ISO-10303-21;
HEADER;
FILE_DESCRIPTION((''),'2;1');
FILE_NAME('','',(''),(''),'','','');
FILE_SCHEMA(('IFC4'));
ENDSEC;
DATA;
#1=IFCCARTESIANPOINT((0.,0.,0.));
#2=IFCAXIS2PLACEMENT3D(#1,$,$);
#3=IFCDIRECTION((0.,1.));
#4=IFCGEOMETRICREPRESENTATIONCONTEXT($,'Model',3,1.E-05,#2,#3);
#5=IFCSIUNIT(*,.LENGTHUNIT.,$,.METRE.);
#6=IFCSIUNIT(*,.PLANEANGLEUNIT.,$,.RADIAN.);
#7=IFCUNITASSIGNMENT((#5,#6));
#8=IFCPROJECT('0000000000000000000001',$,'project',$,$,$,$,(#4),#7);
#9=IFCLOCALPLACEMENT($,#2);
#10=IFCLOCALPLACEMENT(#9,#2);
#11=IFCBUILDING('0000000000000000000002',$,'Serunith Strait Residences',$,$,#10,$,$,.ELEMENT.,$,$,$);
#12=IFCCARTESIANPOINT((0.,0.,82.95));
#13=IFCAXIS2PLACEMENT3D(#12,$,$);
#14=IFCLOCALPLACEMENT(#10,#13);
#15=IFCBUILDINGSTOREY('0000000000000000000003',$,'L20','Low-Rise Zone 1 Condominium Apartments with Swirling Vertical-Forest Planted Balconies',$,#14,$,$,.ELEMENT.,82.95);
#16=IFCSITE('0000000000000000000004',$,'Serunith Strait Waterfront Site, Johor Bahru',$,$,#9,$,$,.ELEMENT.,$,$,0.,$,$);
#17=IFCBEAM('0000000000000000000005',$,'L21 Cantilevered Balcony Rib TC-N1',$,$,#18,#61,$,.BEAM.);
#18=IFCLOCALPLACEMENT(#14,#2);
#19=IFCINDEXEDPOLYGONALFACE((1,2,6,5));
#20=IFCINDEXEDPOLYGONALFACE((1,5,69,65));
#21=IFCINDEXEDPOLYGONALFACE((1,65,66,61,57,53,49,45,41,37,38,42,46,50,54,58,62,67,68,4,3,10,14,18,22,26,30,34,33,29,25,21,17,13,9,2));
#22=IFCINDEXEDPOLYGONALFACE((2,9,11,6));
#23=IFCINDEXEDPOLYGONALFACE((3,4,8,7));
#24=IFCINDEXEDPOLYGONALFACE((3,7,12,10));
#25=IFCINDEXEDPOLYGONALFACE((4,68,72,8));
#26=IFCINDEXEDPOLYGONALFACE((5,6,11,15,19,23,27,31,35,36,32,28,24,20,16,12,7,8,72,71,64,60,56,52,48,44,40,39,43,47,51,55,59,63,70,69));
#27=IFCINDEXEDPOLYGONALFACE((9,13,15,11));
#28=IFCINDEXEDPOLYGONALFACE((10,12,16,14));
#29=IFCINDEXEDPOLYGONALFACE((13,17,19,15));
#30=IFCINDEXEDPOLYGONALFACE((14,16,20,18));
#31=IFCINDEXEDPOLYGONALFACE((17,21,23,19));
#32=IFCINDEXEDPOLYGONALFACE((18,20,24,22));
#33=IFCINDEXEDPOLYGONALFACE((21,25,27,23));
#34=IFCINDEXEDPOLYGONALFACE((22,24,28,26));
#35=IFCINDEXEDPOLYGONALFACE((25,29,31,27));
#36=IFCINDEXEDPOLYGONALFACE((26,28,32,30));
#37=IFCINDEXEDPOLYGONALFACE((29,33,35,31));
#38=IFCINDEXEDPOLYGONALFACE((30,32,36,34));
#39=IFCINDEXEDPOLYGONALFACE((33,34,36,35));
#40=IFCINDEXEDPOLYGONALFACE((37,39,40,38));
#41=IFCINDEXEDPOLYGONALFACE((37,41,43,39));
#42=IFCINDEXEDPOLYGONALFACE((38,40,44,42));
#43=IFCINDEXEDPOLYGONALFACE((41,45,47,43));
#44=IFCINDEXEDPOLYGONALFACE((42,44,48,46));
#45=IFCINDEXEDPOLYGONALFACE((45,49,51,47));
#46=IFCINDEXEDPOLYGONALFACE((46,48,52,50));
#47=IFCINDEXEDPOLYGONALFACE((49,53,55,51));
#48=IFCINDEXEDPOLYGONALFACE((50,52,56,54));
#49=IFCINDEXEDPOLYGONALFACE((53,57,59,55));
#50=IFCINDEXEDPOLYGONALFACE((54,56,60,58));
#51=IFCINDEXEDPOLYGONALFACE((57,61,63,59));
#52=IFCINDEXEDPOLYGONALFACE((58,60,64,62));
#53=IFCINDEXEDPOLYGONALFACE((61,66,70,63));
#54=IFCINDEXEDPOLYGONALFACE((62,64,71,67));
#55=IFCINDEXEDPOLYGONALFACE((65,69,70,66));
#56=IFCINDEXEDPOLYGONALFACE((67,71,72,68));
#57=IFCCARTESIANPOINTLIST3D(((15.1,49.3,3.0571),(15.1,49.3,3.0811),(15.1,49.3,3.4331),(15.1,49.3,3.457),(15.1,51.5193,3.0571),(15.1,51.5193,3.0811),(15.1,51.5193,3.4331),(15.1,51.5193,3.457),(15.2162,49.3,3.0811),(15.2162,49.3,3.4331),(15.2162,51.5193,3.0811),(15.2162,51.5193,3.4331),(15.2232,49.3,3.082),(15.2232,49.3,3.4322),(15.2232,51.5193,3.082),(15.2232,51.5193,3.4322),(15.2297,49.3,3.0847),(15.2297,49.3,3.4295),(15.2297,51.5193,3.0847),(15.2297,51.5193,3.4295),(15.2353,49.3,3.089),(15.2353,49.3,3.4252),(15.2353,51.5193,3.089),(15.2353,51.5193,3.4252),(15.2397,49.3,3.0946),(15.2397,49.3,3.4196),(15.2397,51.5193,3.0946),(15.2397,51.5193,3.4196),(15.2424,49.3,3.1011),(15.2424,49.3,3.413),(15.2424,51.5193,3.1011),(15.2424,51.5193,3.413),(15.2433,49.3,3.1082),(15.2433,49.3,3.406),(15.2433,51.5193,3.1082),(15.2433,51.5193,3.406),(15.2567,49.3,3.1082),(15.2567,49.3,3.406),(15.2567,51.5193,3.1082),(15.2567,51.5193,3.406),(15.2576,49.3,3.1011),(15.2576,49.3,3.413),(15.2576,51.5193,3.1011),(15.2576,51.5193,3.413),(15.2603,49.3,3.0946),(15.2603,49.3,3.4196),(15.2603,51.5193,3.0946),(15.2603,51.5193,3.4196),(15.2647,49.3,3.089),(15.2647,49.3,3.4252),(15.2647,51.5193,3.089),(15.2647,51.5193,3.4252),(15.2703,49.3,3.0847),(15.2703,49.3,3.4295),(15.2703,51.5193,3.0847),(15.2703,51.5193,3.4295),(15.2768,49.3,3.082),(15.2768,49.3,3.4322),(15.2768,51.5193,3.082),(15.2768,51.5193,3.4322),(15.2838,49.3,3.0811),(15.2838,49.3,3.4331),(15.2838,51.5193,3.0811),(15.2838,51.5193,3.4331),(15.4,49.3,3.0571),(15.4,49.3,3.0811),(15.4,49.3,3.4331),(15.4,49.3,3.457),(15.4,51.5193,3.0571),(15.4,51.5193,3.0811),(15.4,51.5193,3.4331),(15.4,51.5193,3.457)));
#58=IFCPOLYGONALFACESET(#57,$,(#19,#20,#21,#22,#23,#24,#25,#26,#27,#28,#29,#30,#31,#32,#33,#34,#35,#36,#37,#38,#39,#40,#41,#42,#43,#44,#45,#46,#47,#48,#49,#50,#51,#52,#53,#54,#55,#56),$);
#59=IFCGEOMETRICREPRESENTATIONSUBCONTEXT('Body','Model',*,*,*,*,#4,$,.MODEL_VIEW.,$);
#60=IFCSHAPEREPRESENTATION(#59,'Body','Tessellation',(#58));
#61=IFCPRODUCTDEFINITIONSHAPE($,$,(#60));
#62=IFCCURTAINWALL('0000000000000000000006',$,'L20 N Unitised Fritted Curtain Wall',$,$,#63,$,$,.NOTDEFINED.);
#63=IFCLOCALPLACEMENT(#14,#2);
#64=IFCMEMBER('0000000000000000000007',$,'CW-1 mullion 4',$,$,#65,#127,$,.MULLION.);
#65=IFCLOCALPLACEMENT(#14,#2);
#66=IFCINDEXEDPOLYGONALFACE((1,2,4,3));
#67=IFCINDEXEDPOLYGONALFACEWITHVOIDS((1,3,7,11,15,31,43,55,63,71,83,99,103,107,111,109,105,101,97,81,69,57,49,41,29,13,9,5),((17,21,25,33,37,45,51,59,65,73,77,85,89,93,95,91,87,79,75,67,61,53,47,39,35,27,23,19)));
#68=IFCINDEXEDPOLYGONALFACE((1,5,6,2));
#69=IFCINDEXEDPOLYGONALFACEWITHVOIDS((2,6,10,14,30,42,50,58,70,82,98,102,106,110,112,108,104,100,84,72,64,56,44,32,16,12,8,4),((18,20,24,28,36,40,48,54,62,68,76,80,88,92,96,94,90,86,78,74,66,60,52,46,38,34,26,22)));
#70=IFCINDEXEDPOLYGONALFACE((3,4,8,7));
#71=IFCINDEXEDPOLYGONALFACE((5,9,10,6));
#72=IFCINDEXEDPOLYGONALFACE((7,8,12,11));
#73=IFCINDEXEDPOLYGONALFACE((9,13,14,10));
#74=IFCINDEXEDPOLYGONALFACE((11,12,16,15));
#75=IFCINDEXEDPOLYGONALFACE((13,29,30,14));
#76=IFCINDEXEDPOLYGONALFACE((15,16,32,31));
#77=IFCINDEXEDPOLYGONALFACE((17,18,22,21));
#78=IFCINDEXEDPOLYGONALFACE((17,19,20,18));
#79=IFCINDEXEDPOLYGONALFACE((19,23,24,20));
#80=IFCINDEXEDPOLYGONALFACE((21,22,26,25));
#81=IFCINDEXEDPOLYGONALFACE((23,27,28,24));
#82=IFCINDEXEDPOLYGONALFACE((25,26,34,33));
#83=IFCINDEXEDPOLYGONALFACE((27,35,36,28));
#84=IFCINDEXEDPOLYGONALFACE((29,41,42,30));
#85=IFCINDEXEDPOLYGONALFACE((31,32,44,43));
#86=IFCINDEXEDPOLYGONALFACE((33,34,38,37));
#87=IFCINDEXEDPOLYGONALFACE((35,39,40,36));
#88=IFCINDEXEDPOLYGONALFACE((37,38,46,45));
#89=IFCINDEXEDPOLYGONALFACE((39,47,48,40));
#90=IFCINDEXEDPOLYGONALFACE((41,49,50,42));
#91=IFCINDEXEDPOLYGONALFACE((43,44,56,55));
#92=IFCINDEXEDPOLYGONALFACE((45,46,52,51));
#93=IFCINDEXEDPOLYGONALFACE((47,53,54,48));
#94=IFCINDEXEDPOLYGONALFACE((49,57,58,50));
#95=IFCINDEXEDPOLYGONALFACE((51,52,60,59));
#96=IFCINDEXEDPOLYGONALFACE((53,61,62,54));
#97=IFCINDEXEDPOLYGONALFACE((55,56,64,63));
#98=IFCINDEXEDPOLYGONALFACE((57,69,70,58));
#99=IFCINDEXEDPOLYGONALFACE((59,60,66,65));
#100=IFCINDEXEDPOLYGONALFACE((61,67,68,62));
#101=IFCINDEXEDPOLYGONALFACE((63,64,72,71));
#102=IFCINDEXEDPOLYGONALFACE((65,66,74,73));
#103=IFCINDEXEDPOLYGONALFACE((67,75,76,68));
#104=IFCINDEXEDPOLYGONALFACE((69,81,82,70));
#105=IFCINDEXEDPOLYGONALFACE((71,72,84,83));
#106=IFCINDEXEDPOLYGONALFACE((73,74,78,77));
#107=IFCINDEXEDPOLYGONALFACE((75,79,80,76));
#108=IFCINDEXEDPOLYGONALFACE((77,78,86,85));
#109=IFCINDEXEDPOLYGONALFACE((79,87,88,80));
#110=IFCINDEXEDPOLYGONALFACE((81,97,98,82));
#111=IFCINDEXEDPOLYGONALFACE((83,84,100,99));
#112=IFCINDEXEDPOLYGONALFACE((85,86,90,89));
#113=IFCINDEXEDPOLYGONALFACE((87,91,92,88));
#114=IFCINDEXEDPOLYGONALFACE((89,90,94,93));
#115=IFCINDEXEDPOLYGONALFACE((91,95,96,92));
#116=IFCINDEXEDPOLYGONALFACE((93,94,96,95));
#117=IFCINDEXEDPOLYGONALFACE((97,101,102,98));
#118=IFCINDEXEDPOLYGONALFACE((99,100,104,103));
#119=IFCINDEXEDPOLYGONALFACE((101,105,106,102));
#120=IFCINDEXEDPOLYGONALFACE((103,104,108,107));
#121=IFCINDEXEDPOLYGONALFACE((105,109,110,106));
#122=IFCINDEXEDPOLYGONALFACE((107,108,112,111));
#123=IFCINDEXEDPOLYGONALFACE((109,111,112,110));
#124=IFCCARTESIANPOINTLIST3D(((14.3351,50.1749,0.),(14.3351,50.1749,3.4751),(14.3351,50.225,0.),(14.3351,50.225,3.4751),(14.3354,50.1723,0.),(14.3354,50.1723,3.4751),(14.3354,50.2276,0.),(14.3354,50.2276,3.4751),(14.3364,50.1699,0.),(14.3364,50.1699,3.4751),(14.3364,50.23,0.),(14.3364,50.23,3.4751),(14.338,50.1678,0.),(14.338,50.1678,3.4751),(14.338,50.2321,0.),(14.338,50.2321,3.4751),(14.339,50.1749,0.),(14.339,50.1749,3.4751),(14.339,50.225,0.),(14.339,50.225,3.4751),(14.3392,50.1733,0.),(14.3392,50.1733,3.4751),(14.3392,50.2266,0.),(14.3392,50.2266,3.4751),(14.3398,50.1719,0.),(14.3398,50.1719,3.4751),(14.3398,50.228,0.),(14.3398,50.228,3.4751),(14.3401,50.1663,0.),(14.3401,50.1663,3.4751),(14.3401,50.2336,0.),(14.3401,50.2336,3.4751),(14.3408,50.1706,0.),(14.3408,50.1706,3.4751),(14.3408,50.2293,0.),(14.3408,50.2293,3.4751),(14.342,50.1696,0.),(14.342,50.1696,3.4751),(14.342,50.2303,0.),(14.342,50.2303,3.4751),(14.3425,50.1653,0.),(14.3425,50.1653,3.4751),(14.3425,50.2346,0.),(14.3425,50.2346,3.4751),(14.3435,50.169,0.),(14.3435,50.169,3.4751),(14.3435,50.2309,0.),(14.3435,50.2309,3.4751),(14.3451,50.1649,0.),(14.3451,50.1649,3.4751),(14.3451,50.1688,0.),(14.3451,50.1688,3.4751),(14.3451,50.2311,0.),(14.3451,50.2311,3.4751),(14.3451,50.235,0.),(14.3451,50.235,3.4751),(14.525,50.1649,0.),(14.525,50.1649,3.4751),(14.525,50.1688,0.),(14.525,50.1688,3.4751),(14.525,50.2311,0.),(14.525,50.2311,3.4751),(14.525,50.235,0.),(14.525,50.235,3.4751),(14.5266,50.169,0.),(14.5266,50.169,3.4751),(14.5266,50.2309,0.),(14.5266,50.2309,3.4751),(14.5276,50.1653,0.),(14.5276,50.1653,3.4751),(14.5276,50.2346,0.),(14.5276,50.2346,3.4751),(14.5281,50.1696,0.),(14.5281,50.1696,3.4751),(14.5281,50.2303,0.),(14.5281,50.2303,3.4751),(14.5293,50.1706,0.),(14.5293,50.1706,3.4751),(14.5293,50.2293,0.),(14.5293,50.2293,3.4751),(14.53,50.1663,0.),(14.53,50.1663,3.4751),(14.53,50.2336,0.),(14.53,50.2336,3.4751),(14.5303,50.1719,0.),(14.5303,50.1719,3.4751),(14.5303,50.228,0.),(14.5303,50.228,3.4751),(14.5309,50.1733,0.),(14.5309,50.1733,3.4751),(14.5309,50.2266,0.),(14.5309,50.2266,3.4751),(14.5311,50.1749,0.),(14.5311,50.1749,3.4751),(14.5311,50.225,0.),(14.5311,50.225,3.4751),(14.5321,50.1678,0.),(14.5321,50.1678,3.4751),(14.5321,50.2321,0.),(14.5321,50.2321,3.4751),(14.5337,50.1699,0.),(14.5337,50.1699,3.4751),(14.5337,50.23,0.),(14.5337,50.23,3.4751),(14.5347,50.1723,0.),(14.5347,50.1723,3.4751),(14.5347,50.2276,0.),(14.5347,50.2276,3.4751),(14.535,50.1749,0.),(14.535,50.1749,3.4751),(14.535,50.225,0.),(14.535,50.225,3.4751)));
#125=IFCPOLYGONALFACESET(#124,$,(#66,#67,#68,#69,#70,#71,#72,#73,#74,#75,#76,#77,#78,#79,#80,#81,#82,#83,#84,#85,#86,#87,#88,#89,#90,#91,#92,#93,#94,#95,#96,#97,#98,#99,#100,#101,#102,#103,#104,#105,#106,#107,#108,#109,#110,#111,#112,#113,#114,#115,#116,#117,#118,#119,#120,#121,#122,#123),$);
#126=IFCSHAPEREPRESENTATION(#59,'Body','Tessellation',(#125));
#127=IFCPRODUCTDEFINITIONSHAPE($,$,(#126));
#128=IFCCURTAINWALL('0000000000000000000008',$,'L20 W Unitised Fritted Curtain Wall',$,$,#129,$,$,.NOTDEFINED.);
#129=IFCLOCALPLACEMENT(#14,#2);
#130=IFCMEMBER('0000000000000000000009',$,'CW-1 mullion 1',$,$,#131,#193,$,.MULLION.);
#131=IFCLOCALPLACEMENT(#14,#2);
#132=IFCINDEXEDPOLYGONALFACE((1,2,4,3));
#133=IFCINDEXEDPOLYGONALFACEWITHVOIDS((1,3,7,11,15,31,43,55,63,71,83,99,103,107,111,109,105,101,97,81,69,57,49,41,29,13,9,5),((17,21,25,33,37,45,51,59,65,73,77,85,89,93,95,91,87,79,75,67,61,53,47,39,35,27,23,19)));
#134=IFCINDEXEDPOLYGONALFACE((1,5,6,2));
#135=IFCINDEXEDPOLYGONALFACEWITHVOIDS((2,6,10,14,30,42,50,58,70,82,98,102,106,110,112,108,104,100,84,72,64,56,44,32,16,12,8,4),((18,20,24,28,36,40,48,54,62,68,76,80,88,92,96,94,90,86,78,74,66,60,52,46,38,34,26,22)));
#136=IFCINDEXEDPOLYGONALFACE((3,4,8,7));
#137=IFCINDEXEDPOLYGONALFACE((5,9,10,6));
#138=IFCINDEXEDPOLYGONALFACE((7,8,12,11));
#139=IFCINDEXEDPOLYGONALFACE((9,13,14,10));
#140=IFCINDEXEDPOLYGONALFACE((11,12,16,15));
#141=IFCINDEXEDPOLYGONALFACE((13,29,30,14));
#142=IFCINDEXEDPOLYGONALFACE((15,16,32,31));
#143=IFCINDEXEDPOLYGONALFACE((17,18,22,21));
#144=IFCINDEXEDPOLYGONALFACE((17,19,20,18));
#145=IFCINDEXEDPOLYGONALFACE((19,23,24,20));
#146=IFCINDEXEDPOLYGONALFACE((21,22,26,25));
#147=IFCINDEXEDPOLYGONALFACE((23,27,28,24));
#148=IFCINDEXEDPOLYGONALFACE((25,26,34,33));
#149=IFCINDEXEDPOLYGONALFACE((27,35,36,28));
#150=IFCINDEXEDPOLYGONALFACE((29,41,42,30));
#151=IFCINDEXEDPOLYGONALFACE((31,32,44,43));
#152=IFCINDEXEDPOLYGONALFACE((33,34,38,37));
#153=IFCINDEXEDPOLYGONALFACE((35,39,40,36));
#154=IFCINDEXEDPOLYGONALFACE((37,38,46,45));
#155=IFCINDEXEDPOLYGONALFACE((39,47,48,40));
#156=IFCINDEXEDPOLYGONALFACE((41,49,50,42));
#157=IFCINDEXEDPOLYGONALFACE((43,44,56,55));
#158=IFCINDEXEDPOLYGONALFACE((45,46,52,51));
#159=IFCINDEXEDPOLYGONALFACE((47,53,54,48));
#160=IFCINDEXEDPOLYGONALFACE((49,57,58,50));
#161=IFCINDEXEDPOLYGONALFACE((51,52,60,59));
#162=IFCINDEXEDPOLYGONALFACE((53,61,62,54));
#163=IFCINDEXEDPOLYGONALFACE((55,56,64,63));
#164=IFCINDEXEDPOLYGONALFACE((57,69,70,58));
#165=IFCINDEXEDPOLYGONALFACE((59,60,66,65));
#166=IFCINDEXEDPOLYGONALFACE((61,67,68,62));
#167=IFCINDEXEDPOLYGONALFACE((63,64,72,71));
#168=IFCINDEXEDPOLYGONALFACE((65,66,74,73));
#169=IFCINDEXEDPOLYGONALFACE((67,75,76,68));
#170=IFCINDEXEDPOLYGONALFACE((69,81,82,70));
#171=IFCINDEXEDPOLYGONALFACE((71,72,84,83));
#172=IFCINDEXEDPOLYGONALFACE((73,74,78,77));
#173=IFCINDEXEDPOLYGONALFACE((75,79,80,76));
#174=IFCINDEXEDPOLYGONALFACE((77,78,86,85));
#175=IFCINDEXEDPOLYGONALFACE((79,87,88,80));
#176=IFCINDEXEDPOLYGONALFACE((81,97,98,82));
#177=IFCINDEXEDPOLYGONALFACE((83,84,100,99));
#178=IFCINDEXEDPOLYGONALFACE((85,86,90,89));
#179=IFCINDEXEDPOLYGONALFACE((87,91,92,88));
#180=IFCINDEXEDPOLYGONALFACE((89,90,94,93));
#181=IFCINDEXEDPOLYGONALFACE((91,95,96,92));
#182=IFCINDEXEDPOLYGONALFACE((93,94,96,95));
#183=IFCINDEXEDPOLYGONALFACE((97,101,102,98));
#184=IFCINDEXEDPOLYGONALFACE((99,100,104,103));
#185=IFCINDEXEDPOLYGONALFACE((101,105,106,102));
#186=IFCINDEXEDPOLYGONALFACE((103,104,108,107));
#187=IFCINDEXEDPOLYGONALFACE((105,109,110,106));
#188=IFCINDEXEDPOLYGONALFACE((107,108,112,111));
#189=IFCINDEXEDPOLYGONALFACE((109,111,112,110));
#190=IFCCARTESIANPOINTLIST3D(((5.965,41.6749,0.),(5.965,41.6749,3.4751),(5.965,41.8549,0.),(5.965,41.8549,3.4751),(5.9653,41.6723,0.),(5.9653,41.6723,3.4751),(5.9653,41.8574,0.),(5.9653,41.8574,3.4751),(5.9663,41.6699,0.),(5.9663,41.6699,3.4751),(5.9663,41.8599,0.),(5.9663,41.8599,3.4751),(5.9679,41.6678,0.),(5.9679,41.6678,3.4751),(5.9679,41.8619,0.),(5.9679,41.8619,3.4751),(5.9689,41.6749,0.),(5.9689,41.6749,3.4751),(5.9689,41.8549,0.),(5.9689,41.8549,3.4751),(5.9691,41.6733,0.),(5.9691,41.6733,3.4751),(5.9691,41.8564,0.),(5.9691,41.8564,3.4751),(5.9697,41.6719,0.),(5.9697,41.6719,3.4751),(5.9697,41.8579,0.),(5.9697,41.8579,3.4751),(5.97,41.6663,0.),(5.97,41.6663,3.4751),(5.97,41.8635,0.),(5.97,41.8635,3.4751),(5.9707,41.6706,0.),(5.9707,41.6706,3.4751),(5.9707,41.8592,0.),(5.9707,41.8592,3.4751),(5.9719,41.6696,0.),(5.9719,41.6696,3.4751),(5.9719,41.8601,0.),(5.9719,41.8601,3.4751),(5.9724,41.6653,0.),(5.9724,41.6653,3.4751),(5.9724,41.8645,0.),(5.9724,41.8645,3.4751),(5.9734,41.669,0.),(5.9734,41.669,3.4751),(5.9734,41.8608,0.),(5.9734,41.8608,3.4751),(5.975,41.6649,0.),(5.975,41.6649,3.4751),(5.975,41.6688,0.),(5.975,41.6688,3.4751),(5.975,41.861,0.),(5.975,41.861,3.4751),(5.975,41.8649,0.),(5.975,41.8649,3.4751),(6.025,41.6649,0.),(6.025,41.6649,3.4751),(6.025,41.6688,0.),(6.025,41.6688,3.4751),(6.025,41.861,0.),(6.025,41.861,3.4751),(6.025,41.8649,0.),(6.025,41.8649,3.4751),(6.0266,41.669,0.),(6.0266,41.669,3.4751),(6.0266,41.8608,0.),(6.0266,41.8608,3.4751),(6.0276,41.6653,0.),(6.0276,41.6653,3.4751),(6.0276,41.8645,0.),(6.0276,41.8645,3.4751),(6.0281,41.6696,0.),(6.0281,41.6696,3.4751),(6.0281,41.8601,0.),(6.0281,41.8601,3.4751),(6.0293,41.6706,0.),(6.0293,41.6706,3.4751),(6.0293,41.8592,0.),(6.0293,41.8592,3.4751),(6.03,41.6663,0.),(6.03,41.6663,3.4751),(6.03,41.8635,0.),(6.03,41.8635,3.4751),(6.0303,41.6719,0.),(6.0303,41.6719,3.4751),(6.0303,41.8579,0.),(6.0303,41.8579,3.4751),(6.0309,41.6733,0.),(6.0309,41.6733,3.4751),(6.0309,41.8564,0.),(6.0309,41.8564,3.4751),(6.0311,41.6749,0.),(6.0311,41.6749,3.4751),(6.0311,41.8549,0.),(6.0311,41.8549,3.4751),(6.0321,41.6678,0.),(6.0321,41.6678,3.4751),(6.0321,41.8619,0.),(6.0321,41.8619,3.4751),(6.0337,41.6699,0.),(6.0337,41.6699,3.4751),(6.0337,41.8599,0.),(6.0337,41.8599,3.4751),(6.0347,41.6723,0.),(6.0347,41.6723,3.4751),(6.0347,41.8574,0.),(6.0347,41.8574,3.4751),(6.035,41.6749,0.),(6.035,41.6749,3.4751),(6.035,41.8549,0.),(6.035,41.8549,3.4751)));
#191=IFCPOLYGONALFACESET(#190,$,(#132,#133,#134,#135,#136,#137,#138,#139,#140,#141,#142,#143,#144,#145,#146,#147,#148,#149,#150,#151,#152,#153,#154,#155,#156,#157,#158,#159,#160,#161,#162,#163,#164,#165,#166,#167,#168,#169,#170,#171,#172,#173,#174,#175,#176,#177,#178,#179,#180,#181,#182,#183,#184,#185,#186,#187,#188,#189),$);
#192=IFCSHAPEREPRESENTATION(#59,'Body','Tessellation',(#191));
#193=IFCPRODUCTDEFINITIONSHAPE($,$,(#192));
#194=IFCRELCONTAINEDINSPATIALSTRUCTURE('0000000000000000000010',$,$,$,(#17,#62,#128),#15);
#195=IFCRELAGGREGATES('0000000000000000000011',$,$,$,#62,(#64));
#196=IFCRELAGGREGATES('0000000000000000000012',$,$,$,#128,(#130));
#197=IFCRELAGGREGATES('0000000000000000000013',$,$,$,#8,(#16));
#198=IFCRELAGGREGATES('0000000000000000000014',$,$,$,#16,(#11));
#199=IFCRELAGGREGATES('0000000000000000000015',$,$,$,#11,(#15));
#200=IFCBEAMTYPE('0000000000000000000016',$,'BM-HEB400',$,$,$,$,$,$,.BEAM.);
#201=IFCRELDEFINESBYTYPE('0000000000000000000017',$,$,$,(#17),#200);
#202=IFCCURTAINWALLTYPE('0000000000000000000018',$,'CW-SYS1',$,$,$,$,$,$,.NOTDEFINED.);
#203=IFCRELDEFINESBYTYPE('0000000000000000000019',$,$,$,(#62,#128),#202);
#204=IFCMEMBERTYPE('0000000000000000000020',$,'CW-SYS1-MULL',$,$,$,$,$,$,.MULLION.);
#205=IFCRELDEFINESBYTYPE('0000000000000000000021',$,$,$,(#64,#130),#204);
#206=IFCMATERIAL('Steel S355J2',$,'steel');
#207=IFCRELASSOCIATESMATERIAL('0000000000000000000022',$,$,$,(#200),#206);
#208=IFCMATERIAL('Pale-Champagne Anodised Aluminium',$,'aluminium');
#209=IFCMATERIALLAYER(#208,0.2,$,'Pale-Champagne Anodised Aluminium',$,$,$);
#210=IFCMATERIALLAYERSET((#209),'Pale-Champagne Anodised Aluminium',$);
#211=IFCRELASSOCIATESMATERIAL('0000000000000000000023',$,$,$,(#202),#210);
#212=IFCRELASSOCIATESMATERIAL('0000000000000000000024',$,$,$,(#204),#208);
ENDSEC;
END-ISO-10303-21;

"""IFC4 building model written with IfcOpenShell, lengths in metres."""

from ifc_helpers import new_model, si_unit, direction, frame, origin, origin_2d, place, context, subcontext, project, spatial, hollow_rectangle, i_section, extrude, source, transform, mapped, material, layer, layer_set, material_profile, profile_set, type_object, element, aggregate, save


model = new_model("IFC4")

# Units and contexts
model_context = context("Model", 3, precision=1e-05, world=origin(), true_north=direction((0.0, 1.0)))
body_context = subcontext(model_context, "Body", "Model", "MODEL_VIEW")
ifc_project = project(units=[si_unit("LENGTHUNIT", "METRE"), si_unit("PLANEANGLEUNIT", "RADIAN")], contexts=[model_context])

# Site, building, storey
site_placement = place(None, origin())
site = spatial("IfcSite", under=ifc_project, at=site_placement, Name="Serunith Strait Waterfront Site, Johor Bahru", CompositionType="ELEMENT", RefElevation=0.0)
building_placement = place(site_placement, origin())
building = spatial("IfcBuilding", under=site, at=building_placement, Name="Serunith Strait Residences", CompositionType="ELEMENT")
storey_placement = place(building_placement, frame((0.0, 0.0, 82.95)))
storey = spatial("IfcBuildingStorey", under=building, at=storey_placement, Name="L20", Description="Low-Rise Zone 1 Condominium Apartments with Swirling Vertical-Forest Planted Balconies", CompositionType="ELEMENT", Elevation=82.95)

# Beam
ifc_material_1 = material(Name="Steel S355J2", Category="steel")
ifc_material_profile_1 = material_profile(ifc_material_1, i_section(OverallWidth=0.3, OverallDepth=0.3999, WebThickness=0.0134, FlangeThickness=0.0239, FilletRadius=0.0271, at=origin_2d()), Name="HEB 400")
ifc_profile_set_1 = profile_set([ifc_material_profile_1], Name="Steel S355J2")
beam_type_1 = type_object("IfcBeamType", Name="BM-HEB400", PredefinedType="BEAM", material=ifc_profile_set_1)
shared_shape_1 = source(origin(), body_context, "Body", "SweptSolid", [
    extrude(i_section(OverallWidth=0.3, OverallDepth=0.3999, WebThickness=0.0134, FlangeThickness=0.0239, FilletRadius=0.0271, at=origin_2d()), origin(), (0.0, 0.0, 1.0), 2.2192),
])
beam_1_placement = place(storey_placement, frame((15.25, 49.3, 3.2571), z_axis=(0.0, 1.0, 0.0), x_axis=(-1.0, 0.0, 0.0)))
element("IfcBeam", 1, at=beam_1_placement, inside=storey, type_object=beam_type_1, Name="L21 Cantilevered Balcony Rib TC-N1", PredefinedType="BEAM", context=body_context, shape_type="MappedRepresentation", body=[
    mapped(shared_shape_1, transform((0.0, 0.0, 0.0), scale=1.0)),
])

# Curtain wall, member
ifc_material_2 = material(Name="Pale-Champagne Anodised Aluminium", Category="aluminium")
ifc_layer_1 = layer(ifc_material_2, 0.2, Name="Pale-Champagne Anodised Aluminium")
ifc_layer_set_1 = layer_set([ifc_layer_1], Name="Pale-Champagne Anodised Aluminium")
curtain_wall_type = type_object("IfcCurtainWallType", Name="CW-SYS1", PredefinedType="NOTDEFINED", material=ifc_layer_set_1)
curtain_wall_1_placement = place(storey_placement, origin())
curtain_wall_1 = element("IfcCurtainWall", 2, at=curtain_wall_1_placement, inside=storey, type_object=curtain_wall_type, Name="L20 N Unitised Fritted Curtain Wall", PredefinedType="NOTDEFINED")
ifc_material_profile_2 = material_profile(ifc_material_2, hollow_rectangle(XDim=0.0701, YDim=0.2, WallThickness=0.0039, InnerFilletRadius=0.0061, OuterFilletRadius=0.01, at=origin_2d()), Name="ALU 200x70x4")
ifc_profile_set_2 = profile_set([ifc_material_profile_2], Name="Pale-Champagne Anodised Aluminium")
member_type_1 = type_object("IfcMemberType", Name="CW-SYS1-MULL", PredefinedType="MULLION", material=ifc_profile_set_2)
shared_shape_2 = source(origin(), body_context, "Body", "SweptSolid", [
    extrude(hollow_rectangle(XDim=0.0701, YDim=0.2, WallThickness=0.0039, InnerFilletRadius=0.0061, OuterFilletRadius=0.01, at=origin_2d()), origin(), (0.0, 0.0, 1.0), 3.4751),
])
member_1_placement = place(storey_placement, frame((14.4351, 50.2, 0.0), z_axis=(0.0, 0.0, 1.0), x_axis=(0.0, -1.0, 0.0)))
member_1 = element("IfcMember", 3, at=member_1_placement, type_object=member_type_1, Name="CW-1 mullion 4", PredefinedType="MULLION", context=body_context, shape_type="MappedRepresentation", body=[
    mapped(shared_shape_2, transform((0.0, 0.0, 0.0), scale=1.0)),
])
aggregate(curtain_wall_1, [member_1])

# Curtain wall, member
curtain_wall_2_placement = place(storey_placement, origin())
curtain_wall_2 = element("IfcCurtainWall", 4, at=curtain_wall_2_placement, inside=storey, type_object=curtain_wall_type, Name="L20 W Unitised Fritted Curtain Wall", PredefinedType="NOTDEFINED")
member_2_placement = place(storey_placement, frame((6.0, 41.7649, 0.0), z_axis=(0.0, 0.0, 1.0), x_axis=(1.0, 0.0, 0.0)))
member_2 = element("IfcMember", 5, at=member_2_placement, type_object=member_type_1, Name="CW-1 mullion 1", PredefinedType="MULLION", context=body_context, shape_type="MappedRepresentation", body=[
    mapped(shared_shape_2, transform((0.0, 0.0, 0.0), scale=1.0)),
])
aggregate(curtain_wall_2, [member_2])

save(model, "model.ifc")
